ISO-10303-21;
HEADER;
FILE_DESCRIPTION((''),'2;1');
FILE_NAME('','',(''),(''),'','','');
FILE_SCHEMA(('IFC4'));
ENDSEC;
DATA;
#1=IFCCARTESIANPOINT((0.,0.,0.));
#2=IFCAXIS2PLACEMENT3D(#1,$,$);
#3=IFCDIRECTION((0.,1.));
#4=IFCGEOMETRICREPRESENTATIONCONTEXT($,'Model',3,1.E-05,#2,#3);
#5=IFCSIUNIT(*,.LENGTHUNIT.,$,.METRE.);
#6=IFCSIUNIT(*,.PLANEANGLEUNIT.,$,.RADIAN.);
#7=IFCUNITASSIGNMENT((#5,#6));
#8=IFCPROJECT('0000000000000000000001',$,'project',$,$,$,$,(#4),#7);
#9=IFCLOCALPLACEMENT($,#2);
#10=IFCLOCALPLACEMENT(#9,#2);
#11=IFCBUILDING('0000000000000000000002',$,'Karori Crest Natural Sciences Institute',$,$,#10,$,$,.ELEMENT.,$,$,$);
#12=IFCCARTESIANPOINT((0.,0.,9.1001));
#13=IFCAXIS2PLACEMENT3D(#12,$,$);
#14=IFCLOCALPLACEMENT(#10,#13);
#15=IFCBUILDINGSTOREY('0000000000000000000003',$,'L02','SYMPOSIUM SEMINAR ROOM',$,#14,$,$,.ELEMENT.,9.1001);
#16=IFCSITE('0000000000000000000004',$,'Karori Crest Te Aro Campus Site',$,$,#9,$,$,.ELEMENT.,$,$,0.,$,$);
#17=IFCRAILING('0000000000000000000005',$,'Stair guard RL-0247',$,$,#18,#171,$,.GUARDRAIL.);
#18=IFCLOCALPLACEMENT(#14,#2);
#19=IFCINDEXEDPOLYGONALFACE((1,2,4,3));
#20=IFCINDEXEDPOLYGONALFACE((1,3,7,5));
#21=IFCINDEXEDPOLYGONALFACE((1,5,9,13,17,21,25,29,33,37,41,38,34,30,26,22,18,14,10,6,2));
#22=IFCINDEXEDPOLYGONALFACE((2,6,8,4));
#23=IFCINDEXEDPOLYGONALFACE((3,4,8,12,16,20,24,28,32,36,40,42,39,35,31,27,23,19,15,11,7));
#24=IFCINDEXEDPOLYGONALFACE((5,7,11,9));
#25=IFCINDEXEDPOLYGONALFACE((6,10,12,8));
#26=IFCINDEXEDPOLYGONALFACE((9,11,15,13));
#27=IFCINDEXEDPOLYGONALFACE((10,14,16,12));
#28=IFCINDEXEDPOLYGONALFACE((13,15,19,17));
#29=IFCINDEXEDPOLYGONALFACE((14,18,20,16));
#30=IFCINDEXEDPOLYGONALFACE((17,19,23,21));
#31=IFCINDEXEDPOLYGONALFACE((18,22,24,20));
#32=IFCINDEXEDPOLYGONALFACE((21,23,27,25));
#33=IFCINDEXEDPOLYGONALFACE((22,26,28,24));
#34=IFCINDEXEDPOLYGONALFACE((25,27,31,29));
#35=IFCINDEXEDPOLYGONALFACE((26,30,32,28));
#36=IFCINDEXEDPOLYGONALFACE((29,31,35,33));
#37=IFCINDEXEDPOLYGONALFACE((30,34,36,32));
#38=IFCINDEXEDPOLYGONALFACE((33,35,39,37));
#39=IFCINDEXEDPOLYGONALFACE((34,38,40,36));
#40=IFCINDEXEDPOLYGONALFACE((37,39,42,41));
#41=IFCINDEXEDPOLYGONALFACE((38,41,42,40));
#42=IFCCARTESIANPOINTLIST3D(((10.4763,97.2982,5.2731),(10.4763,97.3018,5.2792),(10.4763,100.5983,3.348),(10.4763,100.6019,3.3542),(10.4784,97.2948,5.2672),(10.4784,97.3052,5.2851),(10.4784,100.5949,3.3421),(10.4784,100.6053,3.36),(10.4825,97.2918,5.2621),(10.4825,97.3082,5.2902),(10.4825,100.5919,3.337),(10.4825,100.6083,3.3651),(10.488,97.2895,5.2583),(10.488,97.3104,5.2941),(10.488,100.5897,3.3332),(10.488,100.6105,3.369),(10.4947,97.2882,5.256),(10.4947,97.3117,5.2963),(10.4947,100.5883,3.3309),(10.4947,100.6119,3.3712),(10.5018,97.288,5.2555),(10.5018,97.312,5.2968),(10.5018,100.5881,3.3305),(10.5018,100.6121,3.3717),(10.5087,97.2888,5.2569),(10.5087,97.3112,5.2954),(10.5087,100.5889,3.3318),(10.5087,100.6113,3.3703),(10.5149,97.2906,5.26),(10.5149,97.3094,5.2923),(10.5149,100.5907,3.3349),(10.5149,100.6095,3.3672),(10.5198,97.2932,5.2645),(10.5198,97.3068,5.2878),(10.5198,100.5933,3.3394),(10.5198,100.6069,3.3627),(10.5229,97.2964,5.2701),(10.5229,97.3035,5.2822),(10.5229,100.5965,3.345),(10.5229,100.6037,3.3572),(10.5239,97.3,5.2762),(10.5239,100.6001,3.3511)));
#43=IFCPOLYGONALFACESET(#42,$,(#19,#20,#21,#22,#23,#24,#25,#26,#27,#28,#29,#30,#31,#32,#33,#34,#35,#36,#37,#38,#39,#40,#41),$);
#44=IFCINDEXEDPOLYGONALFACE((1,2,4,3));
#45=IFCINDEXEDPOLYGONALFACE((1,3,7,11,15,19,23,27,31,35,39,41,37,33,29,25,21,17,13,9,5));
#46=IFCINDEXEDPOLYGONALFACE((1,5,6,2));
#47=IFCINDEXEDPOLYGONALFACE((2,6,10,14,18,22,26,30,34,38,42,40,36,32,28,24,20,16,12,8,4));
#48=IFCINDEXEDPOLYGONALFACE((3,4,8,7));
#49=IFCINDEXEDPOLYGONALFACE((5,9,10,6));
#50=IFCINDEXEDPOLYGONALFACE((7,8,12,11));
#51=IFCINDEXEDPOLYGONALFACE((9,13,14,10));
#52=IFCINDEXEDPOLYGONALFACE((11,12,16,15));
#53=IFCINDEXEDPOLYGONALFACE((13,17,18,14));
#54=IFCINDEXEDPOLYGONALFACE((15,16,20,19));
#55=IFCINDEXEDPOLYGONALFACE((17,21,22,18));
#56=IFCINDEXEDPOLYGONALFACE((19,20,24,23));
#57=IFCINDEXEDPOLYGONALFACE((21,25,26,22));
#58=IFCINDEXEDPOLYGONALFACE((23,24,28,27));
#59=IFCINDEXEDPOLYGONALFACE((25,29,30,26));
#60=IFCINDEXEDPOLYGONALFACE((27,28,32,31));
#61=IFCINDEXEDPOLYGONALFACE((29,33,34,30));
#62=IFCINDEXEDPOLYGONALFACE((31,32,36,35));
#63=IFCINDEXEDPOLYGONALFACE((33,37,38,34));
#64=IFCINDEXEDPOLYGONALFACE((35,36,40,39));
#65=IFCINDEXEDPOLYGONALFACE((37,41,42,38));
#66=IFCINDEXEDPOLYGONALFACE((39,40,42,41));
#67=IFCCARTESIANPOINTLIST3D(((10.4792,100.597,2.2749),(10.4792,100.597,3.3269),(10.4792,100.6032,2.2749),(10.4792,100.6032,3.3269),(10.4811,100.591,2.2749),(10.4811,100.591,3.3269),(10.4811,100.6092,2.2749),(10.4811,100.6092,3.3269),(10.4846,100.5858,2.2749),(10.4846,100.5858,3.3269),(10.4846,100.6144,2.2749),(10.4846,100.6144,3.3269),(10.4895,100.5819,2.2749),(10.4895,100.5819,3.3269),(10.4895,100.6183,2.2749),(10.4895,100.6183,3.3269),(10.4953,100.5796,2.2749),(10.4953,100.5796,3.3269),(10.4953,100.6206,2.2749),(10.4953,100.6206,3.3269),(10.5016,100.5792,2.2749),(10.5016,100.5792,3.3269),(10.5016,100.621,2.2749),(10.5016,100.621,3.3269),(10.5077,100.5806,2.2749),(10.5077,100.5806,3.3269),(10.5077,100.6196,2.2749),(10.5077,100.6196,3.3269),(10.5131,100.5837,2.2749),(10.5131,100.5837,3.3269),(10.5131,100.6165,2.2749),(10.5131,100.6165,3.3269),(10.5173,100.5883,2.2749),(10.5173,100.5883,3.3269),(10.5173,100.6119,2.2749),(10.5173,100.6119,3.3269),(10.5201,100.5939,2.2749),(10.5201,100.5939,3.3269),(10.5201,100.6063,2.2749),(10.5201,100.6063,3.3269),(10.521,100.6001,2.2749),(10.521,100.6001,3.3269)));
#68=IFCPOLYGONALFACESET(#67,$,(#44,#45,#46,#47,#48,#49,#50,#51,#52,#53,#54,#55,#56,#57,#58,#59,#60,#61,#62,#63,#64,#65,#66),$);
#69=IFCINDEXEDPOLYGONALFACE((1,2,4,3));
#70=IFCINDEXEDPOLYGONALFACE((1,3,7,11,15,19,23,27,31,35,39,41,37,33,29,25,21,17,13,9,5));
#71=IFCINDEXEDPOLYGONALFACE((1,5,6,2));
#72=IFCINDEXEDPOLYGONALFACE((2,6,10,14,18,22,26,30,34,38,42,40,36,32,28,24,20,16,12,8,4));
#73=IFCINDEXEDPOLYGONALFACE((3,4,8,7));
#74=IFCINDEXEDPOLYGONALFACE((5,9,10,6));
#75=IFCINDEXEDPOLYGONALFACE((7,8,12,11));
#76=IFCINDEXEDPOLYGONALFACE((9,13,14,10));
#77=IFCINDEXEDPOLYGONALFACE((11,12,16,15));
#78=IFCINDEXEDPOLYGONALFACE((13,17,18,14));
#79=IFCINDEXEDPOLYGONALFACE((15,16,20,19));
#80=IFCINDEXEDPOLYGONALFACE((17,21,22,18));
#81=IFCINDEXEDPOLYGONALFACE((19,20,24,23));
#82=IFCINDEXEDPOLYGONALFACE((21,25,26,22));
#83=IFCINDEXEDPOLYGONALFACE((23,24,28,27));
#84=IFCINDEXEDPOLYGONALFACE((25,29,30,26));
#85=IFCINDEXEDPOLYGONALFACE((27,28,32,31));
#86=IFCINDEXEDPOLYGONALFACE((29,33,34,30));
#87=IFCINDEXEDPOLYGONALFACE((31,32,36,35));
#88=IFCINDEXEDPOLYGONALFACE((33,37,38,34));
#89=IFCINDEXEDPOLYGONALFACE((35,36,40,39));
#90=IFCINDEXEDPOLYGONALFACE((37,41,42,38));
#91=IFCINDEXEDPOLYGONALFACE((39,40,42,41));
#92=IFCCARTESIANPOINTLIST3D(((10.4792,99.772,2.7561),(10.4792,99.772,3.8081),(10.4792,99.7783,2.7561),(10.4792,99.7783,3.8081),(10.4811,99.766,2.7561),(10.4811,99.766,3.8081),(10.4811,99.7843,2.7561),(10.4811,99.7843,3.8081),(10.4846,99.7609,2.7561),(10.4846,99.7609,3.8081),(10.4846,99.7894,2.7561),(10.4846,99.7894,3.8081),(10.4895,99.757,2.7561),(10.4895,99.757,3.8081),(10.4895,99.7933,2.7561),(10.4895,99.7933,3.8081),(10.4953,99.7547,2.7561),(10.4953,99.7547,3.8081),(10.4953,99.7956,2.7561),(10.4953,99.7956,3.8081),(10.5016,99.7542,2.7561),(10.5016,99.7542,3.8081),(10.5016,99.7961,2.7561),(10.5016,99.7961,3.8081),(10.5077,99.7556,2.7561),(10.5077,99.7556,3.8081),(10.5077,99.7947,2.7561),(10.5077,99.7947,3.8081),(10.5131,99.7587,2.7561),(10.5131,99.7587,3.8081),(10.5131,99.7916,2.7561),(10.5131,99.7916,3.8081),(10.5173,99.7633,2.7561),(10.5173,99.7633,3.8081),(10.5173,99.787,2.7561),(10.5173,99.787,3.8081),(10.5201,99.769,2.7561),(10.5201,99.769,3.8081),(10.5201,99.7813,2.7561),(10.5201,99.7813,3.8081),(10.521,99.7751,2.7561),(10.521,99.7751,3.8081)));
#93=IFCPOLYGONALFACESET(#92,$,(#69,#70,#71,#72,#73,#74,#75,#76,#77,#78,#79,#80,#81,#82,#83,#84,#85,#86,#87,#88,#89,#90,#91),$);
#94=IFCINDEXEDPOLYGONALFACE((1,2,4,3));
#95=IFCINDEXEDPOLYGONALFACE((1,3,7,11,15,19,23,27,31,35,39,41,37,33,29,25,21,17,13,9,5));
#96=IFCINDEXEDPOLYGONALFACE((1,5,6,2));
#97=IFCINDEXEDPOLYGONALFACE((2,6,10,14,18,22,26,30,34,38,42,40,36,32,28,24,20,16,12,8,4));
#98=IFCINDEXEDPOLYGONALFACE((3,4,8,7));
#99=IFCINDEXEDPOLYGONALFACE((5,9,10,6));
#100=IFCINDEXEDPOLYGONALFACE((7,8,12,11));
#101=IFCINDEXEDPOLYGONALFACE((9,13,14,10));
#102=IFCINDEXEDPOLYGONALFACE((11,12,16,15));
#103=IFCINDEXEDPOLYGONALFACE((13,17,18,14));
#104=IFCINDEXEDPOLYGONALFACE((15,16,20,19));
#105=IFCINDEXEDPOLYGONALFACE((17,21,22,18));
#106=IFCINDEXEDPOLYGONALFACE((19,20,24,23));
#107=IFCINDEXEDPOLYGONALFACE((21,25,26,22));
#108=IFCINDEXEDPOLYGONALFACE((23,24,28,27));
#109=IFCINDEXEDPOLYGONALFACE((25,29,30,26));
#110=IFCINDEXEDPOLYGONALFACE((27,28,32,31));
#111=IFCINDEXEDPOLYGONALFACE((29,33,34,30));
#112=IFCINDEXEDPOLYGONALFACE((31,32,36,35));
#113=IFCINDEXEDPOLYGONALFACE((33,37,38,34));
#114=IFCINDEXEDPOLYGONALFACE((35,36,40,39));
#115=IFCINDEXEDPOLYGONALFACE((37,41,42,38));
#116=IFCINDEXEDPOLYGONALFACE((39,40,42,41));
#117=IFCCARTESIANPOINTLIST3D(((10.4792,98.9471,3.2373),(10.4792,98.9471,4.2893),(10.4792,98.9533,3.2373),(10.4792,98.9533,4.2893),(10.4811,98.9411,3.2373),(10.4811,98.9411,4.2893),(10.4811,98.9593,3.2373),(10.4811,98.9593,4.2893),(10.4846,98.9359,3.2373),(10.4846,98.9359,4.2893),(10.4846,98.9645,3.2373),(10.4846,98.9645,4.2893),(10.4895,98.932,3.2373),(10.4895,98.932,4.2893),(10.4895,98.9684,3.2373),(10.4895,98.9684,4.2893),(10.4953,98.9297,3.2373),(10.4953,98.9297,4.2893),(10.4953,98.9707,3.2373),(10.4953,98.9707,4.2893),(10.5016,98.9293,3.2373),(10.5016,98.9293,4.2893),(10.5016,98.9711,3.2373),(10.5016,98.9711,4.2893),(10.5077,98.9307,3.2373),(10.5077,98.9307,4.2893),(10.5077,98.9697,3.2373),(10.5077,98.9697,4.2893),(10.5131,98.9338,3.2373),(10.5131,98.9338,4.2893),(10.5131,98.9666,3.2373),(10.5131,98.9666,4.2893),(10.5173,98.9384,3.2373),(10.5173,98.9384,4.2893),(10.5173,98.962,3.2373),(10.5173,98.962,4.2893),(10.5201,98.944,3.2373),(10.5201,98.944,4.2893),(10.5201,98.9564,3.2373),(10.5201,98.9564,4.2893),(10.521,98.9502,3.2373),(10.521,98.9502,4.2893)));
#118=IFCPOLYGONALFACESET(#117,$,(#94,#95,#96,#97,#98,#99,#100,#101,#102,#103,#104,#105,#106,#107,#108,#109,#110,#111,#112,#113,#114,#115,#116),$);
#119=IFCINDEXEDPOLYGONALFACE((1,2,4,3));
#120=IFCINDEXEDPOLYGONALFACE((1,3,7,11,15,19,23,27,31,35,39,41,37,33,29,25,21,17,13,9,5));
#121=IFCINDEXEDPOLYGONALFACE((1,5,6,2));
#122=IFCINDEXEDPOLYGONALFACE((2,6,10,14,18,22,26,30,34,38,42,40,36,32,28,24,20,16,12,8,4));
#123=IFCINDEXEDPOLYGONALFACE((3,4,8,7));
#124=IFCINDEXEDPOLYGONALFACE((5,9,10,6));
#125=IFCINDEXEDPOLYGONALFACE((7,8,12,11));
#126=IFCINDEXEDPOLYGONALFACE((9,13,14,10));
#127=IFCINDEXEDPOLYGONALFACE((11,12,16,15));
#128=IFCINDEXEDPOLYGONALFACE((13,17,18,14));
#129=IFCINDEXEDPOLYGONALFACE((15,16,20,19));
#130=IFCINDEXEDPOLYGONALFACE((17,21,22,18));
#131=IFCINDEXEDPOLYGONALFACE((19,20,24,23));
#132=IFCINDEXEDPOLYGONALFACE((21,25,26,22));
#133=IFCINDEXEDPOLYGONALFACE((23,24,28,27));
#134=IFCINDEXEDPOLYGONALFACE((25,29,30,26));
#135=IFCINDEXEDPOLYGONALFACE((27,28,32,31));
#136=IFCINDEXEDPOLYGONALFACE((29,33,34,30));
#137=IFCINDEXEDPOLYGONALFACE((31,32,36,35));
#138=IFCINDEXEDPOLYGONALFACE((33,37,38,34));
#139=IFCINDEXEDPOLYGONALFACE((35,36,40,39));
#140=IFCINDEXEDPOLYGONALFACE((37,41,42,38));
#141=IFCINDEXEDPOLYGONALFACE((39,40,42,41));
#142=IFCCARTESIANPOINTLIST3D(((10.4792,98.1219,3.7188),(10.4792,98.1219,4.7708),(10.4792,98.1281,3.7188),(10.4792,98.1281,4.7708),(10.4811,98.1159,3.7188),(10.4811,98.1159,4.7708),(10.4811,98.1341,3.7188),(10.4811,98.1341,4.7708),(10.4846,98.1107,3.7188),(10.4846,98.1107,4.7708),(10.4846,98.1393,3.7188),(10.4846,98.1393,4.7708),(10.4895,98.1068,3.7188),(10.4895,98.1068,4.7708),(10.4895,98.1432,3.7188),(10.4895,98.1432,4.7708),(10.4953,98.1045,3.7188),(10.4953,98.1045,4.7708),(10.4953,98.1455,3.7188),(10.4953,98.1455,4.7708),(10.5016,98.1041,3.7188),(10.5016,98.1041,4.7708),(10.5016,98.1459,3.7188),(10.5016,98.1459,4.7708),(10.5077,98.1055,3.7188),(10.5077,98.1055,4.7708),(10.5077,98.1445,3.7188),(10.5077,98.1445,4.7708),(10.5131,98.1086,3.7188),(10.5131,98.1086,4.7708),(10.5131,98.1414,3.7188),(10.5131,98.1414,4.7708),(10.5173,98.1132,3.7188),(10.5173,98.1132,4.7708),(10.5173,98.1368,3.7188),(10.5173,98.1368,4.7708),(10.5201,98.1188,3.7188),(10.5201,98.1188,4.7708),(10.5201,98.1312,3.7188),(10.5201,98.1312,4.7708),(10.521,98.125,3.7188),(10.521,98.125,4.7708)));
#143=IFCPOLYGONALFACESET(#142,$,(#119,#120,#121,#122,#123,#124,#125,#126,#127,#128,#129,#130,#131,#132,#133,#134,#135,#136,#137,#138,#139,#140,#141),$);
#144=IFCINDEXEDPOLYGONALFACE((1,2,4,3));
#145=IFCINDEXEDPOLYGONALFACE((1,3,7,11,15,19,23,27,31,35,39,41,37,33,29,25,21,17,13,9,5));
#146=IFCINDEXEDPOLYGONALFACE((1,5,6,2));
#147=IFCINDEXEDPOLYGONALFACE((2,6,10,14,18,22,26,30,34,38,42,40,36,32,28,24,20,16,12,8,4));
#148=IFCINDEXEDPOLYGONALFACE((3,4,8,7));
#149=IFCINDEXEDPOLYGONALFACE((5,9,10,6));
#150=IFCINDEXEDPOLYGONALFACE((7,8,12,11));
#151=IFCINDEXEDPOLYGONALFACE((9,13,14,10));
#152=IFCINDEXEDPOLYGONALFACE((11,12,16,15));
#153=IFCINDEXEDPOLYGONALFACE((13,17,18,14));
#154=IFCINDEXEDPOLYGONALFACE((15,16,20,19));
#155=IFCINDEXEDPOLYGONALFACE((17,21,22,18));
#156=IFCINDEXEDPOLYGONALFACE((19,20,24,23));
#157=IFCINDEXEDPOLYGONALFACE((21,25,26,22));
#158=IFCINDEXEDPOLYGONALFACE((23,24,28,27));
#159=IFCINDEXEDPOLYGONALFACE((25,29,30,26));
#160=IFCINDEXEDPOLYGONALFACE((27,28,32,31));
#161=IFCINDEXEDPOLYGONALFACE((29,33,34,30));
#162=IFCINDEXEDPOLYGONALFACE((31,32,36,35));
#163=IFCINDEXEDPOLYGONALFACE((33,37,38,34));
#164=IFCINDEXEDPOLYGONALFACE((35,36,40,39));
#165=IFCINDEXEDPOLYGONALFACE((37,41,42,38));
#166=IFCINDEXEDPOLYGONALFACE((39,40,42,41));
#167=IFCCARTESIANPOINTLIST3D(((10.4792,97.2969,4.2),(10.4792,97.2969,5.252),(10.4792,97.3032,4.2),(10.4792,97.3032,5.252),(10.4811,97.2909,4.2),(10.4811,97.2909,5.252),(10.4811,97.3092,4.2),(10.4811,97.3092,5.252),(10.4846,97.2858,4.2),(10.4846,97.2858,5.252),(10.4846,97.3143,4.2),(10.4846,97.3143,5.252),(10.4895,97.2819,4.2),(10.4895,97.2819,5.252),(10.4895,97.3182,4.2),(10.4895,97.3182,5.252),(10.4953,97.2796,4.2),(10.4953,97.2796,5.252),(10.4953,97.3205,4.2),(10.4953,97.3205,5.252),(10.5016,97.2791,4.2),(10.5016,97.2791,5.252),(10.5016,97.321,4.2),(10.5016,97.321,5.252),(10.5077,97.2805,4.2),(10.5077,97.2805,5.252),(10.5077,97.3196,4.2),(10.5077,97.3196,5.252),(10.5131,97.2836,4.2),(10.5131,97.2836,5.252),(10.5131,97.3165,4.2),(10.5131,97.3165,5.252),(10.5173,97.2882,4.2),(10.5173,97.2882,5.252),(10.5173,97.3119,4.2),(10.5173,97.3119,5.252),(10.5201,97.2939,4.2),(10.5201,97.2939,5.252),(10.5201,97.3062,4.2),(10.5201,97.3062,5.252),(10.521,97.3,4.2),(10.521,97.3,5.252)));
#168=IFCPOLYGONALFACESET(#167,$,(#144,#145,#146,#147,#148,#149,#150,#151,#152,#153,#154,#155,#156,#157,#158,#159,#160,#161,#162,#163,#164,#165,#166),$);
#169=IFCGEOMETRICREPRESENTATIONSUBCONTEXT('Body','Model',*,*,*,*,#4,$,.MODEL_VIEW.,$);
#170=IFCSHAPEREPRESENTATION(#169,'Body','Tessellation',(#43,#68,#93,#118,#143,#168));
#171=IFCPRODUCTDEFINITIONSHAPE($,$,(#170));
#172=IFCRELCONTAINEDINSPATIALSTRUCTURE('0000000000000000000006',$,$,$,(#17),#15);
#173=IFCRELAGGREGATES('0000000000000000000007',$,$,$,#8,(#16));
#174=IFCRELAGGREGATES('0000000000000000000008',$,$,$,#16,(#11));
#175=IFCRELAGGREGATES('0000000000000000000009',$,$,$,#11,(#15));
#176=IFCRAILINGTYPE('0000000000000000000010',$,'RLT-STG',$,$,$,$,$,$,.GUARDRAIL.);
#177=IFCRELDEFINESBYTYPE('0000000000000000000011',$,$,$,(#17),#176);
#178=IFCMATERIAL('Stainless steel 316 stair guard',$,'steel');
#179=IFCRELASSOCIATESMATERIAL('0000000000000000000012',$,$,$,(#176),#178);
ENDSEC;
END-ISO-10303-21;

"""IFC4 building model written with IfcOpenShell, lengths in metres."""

from ifc_helpers import new_model, si_unit, direction, frame, origin, origin_2d, place, context, subcontext, project, spatial, circle, extrude, material, type_object, element, save


model = new_model("IFC4")

# Units and contexts
model_context = context("Model", 3, precision=1e-05, world=origin(), true_north=direction((0.0, 1.0)))
body_context = subcontext(model_context, "Body", "Model", "MODEL_VIEW")
ifc_project = project(units=[si_unit("LENGTHUNIT", "METRE"), si_unit("PLANEANGLEUNIT", "RADIAN")], contexts=[model_context])

# Site, building, storey
site_placement = place(None, origin())
site = spatial("IfcSite", under=ifc_project, at=site_placement, Name="Karori Crest Te Aro Campus Site", CompositionType="ELEMENT", RefElevation=0.0)
building_placement = place(site_placement, origin())
building = spatial("IfcBuilding", under=site, at=building_placement, Name="Karori Crest Natural Sciences Institute", CompositionType="ELEMENT")
storey_placement = place(building_placement, frame((0.0, 0.0, 9.1001)))
storey = spatial("IfcBuildingStorey", under=building, at=storey_placement, Name="L02", Description="SYMPOSIUM SEMINAR ROOM", CompositionType="ELEMENT", Elevation=9.1001)

# Railing
ifc_material_1 = material(Name="Stainless steel 316 stair guard", Category="steel")
railing_type_1 = type_object("IfcRailingType", Name="RLT-STG", PredefinedType="GUARDRAIL", material=ifc_material_1)
railing_1_placement = place(storey_placement, frame((10.5, 100.6001, 2.2749)))
element("IfcRailing", 1, at=railing_1_placement, inside=storey, type_object=railing_type_1, Name="Stair guard RL-0247", PredefinedType="GUARDRAIL", context=body_context, shape_type="SweptSolid", body=[
    extrude(circle(Radius=0.0239, at=origin_2d()), frame((0.0, 0.0, 1.0762), z_axis=(0.0, -0.863777, 0.503875), x_axis=(1.0, 0.0, 0.0)), (0.0, 0.0, 1.0), 3.8206),
    extrude(circle(Radius=0.021, at=origin_2d()), origin(), (0.0, 0.0, 1.0), 1.052),
    extrude(circle(Radius=0.021, at=origin_2d()), frame((0.0, -0.825, 0.4812)), (0.0, 0.0, 1.0), 1.052),
    extrude(circle(Radius=0.021, at=origin_2d()), frame((0.0, -1.6499, 0.9624)), (0.0, 0.0, 1.0), 1.052),
    extrude(circle(Radius=0.021, at=origin_2d()), frame((0.0, -2.4751, 1.4438)), (0.0, 0.0, 1.0), 1.052),
    extrude(circle(Radius=0.021, at=origin_2d()), frame((0.0, -3.3, 1.925)), (0.0, 0.0, 1.0), 1.052),
])

save(model, "model.ifc")
